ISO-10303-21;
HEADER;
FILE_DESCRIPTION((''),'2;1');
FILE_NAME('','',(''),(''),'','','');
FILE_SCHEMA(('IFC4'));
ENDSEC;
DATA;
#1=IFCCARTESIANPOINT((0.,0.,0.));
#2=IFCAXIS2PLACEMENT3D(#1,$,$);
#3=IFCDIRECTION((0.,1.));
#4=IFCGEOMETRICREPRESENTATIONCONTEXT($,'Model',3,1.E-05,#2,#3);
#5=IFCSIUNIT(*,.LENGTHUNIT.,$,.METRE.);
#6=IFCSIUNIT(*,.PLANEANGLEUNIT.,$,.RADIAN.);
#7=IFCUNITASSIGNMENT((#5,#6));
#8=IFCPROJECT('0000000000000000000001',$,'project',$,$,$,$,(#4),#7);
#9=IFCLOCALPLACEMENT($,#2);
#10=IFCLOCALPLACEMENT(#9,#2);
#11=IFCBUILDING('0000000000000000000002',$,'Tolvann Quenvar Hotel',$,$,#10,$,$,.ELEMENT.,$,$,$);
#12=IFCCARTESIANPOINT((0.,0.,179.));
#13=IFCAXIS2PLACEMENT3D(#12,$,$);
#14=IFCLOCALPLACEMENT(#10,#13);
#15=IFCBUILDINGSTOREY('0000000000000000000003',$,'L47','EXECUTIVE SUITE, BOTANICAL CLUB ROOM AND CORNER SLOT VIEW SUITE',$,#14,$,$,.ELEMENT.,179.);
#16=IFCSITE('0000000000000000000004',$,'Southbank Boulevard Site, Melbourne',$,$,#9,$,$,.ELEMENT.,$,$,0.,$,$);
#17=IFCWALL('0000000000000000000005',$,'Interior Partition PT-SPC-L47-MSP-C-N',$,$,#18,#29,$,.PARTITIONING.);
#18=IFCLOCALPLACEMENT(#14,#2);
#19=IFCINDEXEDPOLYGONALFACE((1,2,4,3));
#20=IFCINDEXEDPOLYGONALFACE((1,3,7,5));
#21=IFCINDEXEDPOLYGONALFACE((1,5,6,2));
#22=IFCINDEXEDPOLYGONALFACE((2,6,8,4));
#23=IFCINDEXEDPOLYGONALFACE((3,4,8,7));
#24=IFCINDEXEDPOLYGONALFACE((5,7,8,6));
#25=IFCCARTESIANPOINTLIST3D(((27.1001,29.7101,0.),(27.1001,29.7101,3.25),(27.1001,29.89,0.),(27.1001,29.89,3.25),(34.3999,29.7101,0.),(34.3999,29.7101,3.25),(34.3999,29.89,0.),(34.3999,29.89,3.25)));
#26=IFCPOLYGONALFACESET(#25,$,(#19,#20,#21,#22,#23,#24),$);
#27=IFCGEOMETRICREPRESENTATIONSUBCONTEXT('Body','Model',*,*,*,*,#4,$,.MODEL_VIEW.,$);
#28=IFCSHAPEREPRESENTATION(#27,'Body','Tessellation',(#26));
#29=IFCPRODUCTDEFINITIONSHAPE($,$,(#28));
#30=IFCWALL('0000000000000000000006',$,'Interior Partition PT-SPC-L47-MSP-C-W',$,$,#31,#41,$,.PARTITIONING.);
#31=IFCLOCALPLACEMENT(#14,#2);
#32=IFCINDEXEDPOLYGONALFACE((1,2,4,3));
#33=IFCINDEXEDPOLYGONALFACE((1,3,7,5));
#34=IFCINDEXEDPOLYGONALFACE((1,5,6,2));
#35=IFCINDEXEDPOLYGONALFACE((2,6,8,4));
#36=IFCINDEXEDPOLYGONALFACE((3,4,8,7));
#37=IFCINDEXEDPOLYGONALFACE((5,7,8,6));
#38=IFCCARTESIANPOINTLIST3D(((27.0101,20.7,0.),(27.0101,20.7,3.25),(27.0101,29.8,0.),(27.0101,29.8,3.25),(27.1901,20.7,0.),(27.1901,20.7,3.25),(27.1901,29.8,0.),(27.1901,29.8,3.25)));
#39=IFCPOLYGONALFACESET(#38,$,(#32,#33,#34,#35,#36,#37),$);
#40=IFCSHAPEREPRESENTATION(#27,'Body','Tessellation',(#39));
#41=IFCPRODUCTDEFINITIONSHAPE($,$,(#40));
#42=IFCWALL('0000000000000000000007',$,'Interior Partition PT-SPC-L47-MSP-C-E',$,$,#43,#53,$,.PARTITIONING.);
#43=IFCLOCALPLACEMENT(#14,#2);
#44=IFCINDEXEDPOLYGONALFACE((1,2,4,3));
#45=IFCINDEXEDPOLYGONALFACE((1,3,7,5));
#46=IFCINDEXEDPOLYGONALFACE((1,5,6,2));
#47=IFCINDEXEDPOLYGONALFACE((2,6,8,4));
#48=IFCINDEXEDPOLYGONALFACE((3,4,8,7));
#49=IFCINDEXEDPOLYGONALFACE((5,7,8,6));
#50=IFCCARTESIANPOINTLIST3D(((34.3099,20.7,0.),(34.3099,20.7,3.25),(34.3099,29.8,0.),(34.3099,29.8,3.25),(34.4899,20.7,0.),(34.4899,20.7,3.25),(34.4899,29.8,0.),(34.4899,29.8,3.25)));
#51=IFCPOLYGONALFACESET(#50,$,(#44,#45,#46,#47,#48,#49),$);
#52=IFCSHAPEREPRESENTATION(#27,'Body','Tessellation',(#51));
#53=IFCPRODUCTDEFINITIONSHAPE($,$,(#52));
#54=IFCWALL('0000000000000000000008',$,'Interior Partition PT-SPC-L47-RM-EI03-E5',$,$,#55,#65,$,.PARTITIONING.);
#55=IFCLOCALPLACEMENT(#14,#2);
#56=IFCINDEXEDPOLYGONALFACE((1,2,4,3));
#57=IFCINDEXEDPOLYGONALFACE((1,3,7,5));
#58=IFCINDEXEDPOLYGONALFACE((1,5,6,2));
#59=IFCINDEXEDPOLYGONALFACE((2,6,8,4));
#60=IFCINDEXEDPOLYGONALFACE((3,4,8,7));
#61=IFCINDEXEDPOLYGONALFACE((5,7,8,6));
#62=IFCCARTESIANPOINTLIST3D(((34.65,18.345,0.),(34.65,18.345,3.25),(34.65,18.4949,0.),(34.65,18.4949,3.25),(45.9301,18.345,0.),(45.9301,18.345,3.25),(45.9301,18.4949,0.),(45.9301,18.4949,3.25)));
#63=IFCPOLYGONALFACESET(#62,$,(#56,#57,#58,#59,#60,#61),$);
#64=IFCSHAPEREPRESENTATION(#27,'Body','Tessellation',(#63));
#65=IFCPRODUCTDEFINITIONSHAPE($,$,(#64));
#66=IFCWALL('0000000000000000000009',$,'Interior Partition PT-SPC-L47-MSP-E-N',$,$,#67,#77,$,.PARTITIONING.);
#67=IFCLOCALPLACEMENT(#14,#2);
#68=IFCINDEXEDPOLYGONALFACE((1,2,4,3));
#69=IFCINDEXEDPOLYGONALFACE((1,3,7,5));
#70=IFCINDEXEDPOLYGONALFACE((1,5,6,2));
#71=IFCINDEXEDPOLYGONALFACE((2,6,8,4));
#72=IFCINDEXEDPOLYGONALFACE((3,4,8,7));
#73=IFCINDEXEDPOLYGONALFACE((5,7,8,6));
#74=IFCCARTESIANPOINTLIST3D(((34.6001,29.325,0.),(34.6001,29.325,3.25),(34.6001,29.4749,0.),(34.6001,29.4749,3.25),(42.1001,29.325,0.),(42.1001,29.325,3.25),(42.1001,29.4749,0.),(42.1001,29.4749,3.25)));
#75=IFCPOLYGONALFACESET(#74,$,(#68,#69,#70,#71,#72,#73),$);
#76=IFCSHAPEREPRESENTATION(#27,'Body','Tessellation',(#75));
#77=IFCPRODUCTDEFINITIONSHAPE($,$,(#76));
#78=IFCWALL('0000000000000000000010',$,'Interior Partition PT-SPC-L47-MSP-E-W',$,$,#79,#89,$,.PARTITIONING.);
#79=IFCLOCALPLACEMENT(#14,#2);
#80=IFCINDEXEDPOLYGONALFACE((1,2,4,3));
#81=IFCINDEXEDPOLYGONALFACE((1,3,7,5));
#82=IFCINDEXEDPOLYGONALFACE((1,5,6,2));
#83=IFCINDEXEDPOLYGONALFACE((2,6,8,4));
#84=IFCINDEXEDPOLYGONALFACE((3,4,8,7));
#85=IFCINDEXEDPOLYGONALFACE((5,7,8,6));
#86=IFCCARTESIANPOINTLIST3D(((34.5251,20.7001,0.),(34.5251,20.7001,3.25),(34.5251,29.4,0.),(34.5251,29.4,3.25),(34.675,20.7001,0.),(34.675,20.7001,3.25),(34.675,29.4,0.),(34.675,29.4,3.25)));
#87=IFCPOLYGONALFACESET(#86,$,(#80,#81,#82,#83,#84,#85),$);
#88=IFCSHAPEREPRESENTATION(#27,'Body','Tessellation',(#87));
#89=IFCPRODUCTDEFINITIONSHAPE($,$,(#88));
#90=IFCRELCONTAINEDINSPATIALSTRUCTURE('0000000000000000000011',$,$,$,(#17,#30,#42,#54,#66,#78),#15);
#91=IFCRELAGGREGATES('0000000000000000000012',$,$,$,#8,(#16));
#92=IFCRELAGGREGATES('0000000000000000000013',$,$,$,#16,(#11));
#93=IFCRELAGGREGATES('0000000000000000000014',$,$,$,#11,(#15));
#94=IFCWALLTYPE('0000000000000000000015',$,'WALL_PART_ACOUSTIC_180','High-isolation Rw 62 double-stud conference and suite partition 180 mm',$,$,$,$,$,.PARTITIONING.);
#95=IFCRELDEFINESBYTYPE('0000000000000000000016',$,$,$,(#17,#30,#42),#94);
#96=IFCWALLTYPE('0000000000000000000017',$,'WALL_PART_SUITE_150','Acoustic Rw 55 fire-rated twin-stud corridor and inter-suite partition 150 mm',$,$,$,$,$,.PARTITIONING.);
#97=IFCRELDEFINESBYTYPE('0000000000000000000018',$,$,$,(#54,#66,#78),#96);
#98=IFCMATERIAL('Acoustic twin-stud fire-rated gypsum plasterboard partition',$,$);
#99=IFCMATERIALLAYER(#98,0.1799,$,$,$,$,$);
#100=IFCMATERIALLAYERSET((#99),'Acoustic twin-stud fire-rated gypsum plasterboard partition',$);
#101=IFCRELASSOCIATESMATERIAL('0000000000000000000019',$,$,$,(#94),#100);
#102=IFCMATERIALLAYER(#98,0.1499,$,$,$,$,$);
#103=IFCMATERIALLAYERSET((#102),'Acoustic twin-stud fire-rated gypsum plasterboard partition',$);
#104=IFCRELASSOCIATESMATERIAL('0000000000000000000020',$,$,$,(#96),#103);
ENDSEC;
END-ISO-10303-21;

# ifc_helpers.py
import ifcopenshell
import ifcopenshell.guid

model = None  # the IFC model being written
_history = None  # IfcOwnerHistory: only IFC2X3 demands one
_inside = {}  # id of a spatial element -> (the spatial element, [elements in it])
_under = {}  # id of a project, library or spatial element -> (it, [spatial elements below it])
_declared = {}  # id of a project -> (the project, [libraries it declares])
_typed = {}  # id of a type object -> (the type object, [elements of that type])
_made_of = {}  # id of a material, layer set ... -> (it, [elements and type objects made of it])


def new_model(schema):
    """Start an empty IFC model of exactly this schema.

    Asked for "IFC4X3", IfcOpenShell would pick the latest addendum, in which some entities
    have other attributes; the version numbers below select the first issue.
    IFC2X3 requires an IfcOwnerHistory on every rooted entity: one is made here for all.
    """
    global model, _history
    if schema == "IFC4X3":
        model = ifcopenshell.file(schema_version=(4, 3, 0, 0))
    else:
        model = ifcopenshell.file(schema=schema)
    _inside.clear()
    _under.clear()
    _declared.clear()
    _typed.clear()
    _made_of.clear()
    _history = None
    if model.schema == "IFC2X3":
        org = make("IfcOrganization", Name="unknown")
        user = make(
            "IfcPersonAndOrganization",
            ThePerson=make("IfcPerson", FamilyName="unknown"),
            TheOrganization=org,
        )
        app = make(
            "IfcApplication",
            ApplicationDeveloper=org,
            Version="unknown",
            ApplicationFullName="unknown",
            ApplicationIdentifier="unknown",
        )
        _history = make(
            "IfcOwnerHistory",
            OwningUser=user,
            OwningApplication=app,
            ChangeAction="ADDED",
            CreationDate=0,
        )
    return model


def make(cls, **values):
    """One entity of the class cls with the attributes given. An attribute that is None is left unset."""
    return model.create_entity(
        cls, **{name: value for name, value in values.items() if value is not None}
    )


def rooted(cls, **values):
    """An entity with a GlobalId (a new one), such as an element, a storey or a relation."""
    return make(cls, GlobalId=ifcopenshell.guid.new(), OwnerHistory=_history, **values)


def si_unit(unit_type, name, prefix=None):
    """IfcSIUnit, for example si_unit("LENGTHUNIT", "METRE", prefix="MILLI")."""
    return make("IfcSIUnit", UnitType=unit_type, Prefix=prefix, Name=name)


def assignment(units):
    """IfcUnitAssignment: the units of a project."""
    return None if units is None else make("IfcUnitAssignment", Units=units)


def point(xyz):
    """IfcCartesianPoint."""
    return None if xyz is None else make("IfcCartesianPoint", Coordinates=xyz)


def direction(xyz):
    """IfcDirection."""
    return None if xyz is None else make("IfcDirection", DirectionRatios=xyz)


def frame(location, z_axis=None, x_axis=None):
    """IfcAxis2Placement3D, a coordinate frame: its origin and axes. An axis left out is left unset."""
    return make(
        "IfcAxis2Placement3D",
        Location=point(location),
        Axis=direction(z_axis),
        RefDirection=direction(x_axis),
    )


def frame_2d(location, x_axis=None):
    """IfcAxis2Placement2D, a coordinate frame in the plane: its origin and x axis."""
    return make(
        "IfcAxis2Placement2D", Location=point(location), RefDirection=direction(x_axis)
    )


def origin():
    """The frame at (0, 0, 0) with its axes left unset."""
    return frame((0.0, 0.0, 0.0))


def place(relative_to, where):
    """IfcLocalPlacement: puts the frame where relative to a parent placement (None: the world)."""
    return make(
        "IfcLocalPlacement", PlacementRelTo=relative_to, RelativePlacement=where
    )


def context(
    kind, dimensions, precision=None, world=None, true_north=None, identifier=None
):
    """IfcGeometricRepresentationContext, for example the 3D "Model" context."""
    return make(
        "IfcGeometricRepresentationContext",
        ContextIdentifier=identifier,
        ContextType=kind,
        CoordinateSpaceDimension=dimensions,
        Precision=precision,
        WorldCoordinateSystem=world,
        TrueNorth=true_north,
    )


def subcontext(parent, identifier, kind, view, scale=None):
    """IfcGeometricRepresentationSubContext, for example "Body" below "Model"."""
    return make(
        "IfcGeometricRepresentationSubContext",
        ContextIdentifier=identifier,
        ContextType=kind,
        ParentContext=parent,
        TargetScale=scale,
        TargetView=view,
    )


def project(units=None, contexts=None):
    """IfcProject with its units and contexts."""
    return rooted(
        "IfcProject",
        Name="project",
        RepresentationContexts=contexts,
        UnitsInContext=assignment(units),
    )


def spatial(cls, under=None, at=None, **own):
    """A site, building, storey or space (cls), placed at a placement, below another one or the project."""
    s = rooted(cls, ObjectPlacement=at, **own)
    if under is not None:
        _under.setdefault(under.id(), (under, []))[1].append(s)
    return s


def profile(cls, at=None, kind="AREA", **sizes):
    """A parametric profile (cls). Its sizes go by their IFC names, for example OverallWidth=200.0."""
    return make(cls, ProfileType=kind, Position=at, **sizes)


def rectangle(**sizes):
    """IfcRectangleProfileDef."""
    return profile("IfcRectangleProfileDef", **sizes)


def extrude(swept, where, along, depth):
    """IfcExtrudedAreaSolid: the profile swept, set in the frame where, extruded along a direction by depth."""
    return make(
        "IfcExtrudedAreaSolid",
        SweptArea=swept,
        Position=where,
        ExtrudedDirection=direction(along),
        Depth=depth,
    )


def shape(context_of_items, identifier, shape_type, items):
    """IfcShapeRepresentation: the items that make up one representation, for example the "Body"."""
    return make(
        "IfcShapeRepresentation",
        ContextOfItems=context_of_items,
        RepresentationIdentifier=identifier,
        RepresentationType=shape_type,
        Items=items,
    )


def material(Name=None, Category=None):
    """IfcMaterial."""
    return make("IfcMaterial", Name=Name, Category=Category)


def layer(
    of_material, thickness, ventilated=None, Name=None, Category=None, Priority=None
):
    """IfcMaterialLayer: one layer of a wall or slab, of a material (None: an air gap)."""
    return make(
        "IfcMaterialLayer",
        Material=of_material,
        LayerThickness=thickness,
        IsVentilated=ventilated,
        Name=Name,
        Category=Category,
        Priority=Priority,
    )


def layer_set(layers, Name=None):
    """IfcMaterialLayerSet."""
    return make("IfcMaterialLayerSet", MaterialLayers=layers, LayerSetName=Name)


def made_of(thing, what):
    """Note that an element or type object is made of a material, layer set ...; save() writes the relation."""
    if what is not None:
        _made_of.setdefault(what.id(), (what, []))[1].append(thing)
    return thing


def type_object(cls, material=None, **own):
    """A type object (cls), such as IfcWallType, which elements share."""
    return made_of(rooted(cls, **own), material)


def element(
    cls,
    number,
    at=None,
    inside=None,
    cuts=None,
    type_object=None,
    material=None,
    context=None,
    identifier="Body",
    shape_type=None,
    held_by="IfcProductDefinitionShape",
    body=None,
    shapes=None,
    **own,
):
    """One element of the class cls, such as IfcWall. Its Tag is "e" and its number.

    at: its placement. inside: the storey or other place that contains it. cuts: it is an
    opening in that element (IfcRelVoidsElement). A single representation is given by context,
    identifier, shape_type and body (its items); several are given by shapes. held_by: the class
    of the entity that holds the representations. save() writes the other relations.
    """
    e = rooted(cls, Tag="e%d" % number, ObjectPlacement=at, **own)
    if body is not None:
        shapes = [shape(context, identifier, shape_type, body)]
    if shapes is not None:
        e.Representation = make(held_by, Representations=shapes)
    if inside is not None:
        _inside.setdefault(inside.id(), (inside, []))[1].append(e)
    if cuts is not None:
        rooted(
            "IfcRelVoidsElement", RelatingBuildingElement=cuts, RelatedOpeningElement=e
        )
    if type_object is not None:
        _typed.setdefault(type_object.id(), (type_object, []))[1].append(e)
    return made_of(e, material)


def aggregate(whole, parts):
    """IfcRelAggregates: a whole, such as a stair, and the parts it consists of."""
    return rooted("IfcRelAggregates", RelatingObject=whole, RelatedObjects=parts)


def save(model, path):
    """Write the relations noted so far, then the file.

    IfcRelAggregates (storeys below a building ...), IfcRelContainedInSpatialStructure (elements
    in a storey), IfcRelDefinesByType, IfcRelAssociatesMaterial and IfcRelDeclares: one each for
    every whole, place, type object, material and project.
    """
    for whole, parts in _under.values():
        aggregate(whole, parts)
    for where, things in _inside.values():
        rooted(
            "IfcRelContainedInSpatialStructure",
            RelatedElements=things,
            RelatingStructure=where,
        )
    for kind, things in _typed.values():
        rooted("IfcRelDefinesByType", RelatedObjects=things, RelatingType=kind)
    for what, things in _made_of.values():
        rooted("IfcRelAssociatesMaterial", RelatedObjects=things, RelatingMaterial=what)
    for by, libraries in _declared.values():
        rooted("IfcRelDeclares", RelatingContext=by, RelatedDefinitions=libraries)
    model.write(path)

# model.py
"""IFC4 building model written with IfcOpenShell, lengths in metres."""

from ifc_helpers import new_model, si_unit, direction, frame, frame_2d, origin, place, context, subcontext, project, spatial, rectangle, extrude, material, layer, layer_set, type_object, element, save


model = new_model("IFC4")

# Units and contexts
model_context = context("Model", 3, precision=1e-05, world=origin(), true_north=direction((0.0, 1.0)))
body_context = subcontext(model_context, "Body", "Model", "MODEL_VIEW")
ifc_project = project(units=[si_unit("LENGTHUNIT", "METRE"), si_unit("PLANEANGLEUNIT", "RADIAN")], contexts=[model_context])

# Site, building, storey
site_placement = place(None, origin())
site = spatial("IfcSite", under=ifc_project, at=site_placement, Name="Southbank Boulevard Site, Melbourne", CompositionType="ELEMENT", RefElevation=0.0)
building_placement = place(site_placement, origin())
building = spatial("IfcBuilding", under=site, at=building_placement, Name="Tolvann Quenvar Hotel", CompositionType="ELEMENT")
storey_placement = place(building_placement, frame((0.0, 0.0, 179.0)))
storey = spatial("IfcBuildingStorey", under=building, at=storey_placement, Name="L47", Description="EXECUTIVE SUITE, BOTANICAL CLUB ROOM AND CORNER SLOT VIEW SUITE", CompositionType="ELEMENT", Elevation=179.0)

# Shared definitions
ifc_material_1 = material(Name="Acoustic twin-stud fire-rated gypsum plasterboard partition")
ifc_layer_1 = layer(ifc_material_1, 0.1799)
ifc_layer_set_1 = layer_set([ifc_layer_1], Name="Acoustic twin-stud fire-rated gypsum plasterboard partition")
wall_type_1 = type_object("IfcWallType", Name="WALL_PART_ACOUSTIC_180", Description="High-isolation Rw 62 double-stud conference and suite partition 180 mm", PredefinedType="PARTITIONING", material=ifc_layer_set_1)

# Walls
wall_1_placement = place(storey_placement, frame((27.1001, 29.8, 0.0), z_axis=(0.0, 0.0, 1.0), x_axis=(1.0, 0.0, 0.0)))
element("IfcWall", 1, at=wall_1_placement, inside=storey, type_object=wall_type_1, Name="Interior Partition PT-SPC-L47-MSP-C-N", PredefinedType="PARTITIONING", context=body_context, shape_type="SweptSolid", body=[
    extrude(rectangle(XDim=7.2998, YDim=0.1799, at=frame_2d((3.6499, 0.0))), origin(), (0.0, 0.0, 1.0), 3.25),
])
for number, where, z_axis, x_axis, name in (
    (2, (27.1001, 20.7, 0.0), (0.0, 0.0, 1.0), (0.0, 1.0, 0.0), "Interior Partition PT-SPC-L47-MSP-C-W"),
    (3, (34.3999, 20.7, 0.0), (0.0, 0.0, 1.0), (0.0, 1.0, 0.0), "Interior Partition PT-SPC-L47-MSP-C-E"),
):
    element("IfcWall", number, at=place(storey_placement, frame(where, z_axis=z_axis, x_axis=x_axis)), inside=storey, type_object=wall_type_1, Name=name, PredefinedType="PARTITIONING", context=body_context, shape_type="SweptSolid", body=[
        extrude(rectangle(XDim=9.1001, YDim=0.1799, at=frame_2d((4.55, 0.0))), origin(), (0.0, 0.0, 1.0), 3.25),
    ])
ifc_layer_2 = layer(ifc_material_1, 0.1499)
ifc_layer_set_2 = layer_set([ifc_layer_2], Name="Acoustic twin-stud fire-rated gypsum plasterboard partition")
wall_type_2 = type_object("IfcWallType", Name="WALL_PART_SUITE_150", Description="Acoustic Rw 55 fire-rated twin-stud corridor and inter-suite partition 150 mm", PredefinedType="PARTITIONING", material=ifc_layer_set_2)
wall_2_placement = place(storey_placement, frame((34.6499, 18.4199, 0.0), z_axis=(0.0, 0.0, 1.0), x_axis=(1.0, 0.0, 0.0)))
element("IfcWall", 4, at=wall_2_placement, inside=storey, type_object=wall_type_2, Name="Interior Partition PT-SPC-L47-RM-EI03-E5", PredefinedType="PARTITIONING", context=body_context, shape_type="SweptSolid", body=[
    extrude(rectangle(XDim=11.28, YDim=0.1499, at=frame_2d((5.6401, 0.0))), origin(), (0.0, 0.0, 1.0), 3.25),
])

# Walls
wall_3_placement = place(storey_placement, frame((34.6001, 29.3999, 0.0), z_axis=(0.0, 0.0, 1.0), x_axis=(1.0, 0.0, 0.0)))
element("IfcWall", 5, at=wall_3_placement, inside=storey, type_object=wall_type_2, Name="Interior Partition PT-SPC-L47-MSP-E-N", PredefinedType="PARTITIONING", context=body_context, shape_type="SweptSolid", body=[
    extrude(rectangle(XDim=7.5, YDim=0.1499, at=frame_2d((3.75, 0.0))), origin(), (0.0, 0.0, 1.0), 3.25),
])
wall_4_placement = place(storey_placement, frame((34.6001, 20.7, 0.0), z_axis=(0.0, 0.0, 1.0), x_axis=(0.0, 1.0, 0.0)))
element("IfcWall", 6, at=wall_4_placement, inside=storey, type_object=wall_type_2, Name="Interior Partition PT-SPC-L47-MSP-E-W", PredefinedType="PARTITIONING", context=body_context, shape_type="SweptSolid", body=[
    extrude(rectangle(XDim=8.7, YDim=0.1499, at=frame_2d((4.3501, 0.0))), origin(), (0.0, 0.0, 1.0), 3.25),
])

save(model, "model.ifc")
